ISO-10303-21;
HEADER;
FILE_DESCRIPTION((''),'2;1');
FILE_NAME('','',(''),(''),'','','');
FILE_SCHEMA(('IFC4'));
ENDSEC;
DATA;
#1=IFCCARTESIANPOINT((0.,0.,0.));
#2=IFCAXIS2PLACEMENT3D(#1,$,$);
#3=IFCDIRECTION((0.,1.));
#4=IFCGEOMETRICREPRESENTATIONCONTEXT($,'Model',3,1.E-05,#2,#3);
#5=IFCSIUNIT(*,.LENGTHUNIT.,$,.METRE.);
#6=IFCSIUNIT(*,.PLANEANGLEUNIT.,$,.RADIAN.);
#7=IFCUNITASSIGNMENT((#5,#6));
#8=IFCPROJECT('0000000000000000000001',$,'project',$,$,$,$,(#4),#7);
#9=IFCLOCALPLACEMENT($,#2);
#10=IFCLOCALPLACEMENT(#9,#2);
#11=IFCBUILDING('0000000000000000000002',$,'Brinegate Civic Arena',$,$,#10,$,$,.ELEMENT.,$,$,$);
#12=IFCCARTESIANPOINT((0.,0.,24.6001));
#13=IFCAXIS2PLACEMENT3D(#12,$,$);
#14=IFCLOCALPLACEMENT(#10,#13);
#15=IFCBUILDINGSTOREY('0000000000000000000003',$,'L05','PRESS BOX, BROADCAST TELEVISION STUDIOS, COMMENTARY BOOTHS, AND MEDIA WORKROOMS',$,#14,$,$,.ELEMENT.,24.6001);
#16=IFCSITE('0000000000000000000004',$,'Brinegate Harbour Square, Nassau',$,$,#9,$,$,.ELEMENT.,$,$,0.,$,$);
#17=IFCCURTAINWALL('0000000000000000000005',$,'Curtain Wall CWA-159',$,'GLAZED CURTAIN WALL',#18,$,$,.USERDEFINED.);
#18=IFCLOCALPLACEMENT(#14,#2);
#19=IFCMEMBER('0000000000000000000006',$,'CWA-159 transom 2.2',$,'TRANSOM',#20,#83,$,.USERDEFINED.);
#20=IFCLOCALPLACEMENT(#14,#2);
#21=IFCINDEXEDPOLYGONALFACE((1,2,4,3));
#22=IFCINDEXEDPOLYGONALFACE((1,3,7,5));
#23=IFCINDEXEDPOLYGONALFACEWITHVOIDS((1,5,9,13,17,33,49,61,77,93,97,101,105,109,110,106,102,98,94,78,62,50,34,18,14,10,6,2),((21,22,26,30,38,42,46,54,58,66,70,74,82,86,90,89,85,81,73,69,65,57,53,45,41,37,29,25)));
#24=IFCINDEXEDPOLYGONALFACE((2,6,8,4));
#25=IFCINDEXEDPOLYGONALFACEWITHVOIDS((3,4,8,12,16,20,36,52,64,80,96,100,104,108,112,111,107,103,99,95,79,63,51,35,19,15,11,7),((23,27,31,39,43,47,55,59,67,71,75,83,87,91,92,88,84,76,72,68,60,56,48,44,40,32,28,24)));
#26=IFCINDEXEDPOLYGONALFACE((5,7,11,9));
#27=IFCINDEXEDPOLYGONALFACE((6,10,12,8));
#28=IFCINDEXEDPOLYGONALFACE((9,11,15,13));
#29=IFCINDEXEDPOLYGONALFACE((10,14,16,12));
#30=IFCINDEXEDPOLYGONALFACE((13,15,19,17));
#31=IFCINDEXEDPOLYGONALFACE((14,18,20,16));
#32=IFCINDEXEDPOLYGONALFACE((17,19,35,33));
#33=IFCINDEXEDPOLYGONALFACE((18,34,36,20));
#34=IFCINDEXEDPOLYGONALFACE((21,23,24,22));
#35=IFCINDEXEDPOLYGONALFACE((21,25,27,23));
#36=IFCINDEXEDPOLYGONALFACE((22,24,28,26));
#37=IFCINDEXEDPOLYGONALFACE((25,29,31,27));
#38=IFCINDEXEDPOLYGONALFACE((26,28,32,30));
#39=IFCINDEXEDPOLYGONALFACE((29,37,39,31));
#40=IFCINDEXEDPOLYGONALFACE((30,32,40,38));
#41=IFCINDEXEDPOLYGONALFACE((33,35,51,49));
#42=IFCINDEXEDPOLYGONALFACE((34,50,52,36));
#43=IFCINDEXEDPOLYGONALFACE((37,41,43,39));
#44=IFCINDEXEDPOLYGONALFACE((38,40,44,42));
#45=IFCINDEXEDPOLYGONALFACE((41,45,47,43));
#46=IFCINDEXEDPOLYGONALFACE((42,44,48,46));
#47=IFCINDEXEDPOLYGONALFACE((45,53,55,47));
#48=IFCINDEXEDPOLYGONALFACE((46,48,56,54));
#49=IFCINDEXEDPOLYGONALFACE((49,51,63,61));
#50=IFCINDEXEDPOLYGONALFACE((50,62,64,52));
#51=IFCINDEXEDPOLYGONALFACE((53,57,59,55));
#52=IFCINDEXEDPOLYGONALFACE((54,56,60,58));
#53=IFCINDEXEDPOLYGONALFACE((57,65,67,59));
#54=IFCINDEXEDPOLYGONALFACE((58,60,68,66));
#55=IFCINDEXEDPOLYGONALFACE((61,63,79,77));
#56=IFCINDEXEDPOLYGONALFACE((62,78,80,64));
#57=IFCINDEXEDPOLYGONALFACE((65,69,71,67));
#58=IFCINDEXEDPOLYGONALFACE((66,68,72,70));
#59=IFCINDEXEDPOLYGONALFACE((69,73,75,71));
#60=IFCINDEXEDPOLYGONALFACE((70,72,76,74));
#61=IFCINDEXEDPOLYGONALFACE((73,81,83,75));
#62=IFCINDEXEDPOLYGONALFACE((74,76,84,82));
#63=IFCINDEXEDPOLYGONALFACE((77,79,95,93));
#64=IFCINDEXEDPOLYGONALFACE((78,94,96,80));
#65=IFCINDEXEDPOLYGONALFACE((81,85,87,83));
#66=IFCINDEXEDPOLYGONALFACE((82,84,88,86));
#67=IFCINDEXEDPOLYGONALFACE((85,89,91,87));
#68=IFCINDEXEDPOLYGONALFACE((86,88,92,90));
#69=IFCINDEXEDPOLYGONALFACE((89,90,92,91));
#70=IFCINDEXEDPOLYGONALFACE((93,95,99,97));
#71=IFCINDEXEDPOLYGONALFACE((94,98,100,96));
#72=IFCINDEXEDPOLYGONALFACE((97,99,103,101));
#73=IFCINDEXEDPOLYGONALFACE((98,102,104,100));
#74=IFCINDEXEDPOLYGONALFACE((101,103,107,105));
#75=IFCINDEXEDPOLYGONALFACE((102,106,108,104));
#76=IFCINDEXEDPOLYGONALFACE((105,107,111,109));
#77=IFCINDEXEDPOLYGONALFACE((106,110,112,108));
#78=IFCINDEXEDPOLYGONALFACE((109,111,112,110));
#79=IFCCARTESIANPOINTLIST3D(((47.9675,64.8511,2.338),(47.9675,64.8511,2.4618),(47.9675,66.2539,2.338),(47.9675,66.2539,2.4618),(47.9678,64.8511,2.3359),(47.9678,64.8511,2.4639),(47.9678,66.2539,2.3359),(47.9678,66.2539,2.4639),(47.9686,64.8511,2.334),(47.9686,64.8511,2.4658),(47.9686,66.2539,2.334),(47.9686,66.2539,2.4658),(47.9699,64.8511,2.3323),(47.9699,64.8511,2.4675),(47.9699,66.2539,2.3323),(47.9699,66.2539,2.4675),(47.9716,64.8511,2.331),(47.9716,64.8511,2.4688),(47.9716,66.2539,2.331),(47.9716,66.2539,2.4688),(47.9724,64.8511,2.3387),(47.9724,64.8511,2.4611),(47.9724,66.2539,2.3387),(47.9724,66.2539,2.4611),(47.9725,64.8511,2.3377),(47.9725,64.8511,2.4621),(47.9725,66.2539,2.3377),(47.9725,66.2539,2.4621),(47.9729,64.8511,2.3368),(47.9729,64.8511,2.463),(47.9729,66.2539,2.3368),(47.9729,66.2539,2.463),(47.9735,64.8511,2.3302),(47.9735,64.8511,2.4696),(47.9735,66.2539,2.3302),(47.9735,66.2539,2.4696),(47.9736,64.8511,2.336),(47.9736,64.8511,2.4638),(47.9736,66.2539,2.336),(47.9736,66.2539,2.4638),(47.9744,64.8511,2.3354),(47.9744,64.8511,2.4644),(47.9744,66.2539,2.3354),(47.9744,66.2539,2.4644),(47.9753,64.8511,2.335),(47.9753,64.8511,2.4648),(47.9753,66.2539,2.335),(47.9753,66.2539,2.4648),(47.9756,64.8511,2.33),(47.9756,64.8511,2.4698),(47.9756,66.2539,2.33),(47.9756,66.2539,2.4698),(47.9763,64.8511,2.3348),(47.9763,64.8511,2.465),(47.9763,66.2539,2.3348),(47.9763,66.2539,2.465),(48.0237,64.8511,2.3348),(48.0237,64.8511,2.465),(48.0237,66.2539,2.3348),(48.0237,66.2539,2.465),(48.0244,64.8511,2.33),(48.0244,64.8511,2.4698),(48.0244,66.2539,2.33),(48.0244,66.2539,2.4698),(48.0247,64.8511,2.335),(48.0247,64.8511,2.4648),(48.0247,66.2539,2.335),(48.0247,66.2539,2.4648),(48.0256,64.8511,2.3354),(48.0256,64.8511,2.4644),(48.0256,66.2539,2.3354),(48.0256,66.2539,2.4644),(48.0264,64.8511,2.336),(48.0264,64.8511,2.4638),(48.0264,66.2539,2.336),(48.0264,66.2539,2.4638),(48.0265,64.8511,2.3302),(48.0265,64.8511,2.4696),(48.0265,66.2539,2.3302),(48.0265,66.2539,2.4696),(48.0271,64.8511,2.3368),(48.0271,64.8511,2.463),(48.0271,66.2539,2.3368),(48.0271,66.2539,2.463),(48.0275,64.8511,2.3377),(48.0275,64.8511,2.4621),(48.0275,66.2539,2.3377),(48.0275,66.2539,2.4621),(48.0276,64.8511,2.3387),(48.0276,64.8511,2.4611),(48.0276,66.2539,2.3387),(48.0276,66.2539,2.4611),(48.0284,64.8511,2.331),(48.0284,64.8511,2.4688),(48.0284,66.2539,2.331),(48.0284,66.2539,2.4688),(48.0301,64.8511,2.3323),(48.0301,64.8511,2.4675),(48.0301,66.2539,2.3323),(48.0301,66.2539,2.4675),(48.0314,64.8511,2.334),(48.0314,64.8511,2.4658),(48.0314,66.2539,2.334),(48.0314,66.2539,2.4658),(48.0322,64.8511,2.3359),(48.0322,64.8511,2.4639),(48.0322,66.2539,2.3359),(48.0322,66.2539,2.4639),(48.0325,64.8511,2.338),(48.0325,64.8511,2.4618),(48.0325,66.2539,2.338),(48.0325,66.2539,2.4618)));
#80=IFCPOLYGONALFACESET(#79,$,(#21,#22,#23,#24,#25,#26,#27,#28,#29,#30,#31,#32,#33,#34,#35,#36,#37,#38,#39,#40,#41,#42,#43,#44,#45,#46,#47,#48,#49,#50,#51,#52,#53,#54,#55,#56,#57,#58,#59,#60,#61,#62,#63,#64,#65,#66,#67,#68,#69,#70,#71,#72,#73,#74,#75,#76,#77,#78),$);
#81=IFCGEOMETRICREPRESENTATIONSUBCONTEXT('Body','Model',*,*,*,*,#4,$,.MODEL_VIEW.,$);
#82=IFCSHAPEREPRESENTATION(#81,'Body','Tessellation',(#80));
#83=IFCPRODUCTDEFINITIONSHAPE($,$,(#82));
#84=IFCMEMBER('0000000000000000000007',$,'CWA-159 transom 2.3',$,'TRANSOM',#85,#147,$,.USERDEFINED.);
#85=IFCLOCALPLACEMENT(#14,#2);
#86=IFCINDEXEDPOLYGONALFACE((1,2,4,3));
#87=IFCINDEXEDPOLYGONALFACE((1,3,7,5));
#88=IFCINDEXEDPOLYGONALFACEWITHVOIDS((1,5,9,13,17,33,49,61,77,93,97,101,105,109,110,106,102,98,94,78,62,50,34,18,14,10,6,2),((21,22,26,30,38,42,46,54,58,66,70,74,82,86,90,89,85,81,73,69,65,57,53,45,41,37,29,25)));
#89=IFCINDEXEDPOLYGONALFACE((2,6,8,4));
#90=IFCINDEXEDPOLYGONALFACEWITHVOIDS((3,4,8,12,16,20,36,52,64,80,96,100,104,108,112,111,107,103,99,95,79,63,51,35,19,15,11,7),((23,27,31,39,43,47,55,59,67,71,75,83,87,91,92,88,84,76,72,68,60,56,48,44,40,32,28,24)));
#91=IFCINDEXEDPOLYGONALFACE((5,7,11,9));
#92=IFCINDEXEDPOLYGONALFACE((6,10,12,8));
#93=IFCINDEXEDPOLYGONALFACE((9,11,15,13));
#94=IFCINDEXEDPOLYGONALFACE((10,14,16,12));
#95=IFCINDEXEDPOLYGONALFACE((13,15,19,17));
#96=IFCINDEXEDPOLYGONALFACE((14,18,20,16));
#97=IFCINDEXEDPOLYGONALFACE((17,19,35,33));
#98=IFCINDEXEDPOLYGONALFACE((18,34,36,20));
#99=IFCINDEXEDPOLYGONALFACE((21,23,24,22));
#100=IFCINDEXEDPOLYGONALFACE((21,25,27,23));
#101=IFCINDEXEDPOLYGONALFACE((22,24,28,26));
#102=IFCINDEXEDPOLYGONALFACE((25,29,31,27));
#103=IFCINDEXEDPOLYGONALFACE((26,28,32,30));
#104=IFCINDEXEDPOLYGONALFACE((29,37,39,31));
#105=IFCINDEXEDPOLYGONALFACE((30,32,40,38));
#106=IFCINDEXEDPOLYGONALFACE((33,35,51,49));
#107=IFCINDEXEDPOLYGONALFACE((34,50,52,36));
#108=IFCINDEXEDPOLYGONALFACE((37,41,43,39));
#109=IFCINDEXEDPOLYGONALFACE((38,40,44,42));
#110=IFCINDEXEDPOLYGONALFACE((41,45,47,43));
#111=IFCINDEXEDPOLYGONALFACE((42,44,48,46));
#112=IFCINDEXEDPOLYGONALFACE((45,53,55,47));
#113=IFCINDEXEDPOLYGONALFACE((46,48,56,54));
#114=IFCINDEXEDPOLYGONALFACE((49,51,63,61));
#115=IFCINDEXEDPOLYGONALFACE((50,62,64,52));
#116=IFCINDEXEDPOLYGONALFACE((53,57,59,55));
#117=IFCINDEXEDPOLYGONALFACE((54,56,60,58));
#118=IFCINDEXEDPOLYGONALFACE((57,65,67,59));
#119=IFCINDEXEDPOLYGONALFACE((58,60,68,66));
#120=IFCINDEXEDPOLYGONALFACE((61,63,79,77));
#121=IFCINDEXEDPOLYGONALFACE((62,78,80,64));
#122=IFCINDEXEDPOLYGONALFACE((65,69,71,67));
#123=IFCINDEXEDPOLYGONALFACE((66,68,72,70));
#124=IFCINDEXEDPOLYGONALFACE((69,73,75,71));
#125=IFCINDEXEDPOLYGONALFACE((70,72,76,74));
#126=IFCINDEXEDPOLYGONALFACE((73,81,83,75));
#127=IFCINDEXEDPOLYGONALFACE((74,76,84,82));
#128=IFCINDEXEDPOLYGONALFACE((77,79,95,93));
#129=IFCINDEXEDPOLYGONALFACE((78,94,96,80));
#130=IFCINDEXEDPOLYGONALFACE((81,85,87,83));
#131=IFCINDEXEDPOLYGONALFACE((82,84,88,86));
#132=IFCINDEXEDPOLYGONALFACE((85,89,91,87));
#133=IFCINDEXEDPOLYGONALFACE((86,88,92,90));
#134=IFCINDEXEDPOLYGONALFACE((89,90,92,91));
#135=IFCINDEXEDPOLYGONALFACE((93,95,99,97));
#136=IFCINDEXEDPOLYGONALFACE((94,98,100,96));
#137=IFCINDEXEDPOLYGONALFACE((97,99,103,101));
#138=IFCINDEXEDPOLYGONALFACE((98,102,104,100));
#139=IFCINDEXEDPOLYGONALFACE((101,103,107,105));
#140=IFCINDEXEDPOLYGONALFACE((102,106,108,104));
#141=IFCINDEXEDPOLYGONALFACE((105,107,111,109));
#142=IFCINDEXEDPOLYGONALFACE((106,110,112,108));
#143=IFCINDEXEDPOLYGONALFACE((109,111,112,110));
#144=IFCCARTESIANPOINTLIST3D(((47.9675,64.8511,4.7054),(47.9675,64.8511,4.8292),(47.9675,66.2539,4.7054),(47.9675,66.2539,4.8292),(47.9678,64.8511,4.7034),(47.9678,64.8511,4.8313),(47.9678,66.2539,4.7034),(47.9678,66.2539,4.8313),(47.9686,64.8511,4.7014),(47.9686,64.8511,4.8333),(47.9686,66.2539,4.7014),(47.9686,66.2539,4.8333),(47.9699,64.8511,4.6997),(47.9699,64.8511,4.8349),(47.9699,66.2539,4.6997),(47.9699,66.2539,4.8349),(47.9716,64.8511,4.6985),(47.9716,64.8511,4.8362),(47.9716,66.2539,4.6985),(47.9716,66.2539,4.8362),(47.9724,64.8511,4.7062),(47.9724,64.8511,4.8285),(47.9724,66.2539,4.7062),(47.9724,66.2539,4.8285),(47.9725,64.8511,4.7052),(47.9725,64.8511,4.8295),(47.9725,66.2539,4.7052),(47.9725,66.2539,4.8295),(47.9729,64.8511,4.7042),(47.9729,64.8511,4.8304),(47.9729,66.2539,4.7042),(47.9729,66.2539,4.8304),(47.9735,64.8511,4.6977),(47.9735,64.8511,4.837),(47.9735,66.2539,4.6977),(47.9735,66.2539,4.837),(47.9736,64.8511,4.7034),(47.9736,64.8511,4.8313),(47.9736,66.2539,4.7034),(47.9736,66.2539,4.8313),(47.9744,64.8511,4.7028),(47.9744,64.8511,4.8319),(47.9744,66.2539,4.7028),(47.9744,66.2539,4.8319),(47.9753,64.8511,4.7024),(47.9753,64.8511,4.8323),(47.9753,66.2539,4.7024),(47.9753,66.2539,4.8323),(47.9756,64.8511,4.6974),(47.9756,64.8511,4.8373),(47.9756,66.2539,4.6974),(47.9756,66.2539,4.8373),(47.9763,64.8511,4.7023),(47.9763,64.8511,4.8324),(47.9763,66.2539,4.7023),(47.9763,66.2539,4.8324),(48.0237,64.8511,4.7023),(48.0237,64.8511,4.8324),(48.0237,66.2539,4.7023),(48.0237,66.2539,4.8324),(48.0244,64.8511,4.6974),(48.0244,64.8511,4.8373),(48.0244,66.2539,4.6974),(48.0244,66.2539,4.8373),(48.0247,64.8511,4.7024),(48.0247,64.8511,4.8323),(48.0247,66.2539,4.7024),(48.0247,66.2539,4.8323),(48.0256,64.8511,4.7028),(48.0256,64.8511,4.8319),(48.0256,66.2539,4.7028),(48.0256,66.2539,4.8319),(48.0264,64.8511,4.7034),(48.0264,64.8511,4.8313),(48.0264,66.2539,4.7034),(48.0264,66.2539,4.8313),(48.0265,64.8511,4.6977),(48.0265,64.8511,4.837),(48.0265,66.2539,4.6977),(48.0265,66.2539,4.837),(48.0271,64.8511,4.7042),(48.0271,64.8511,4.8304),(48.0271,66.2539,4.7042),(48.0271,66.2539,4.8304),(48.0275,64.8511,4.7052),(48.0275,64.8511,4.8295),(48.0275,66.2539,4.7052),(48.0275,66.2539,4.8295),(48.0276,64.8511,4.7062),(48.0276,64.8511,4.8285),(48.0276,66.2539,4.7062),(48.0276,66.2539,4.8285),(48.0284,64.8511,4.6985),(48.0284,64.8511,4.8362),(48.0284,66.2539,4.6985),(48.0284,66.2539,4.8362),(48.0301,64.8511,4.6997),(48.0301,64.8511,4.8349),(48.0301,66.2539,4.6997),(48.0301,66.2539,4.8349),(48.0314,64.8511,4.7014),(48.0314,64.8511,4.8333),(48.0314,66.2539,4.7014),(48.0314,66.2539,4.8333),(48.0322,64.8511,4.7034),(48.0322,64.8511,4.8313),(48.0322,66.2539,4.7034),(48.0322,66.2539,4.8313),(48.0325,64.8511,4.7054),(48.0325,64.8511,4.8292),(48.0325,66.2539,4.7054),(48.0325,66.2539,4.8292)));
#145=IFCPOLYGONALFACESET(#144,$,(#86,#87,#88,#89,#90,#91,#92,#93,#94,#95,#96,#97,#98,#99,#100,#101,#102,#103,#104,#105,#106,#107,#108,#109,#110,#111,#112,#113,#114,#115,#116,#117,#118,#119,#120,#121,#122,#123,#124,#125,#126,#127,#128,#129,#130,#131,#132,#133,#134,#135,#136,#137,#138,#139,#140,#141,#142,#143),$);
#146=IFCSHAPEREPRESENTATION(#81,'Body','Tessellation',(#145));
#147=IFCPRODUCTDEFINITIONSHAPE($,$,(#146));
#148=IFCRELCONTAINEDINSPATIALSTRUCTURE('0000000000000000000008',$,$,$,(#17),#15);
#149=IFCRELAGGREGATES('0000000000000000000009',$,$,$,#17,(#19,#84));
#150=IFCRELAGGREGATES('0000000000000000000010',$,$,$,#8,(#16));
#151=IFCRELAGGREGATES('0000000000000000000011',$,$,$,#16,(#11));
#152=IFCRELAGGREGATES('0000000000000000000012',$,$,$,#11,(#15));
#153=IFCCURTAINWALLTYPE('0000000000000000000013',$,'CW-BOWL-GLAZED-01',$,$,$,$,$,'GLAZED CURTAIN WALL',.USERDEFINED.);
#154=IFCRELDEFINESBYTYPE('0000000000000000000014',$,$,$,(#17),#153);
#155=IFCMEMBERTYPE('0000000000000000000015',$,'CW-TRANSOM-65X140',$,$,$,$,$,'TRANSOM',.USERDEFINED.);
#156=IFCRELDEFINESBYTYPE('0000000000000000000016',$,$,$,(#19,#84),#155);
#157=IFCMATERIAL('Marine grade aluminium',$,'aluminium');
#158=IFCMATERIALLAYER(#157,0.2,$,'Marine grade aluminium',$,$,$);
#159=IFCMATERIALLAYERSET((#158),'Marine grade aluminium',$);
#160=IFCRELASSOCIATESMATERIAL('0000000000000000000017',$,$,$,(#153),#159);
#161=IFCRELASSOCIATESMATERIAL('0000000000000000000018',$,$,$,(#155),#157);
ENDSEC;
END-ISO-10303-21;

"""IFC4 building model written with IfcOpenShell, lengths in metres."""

from ifc_helpers import new_model, si_unit, direction, frame, origin, origin_2d, place, context, subcontext, project, spatial, hollow_rectangle, extrude, material, layer, layer_set, material_profile, profile_set, type_object, element, aggregate, save


model = new_model("IFC4")

# Units and contexts
model_context = context("Model", 3, precision=1e-05, world=origin(), true_north=direction((0.0, 1.0)))
body_context = subcontext(model_context, "Body", "Model", "MODEL_VIEW")
ifc_project = project(units=[si_unit("LENGTHUNIT", "METRE"), si_unit("PLANEANGLEUNIT", "RADIAN")], contexts=[model_context])

# Site, building, storey
site_placement = place(None, origin())
site = spatial("IfcSite", under=ifc_project, at=site_placement, Name="Brinegate Harbour Square, Nassau", CompositionType="ELEMENT", RefElevation=0.0)
building_placement = place(site_placement, origin())
building = spatial("IfcBuilding", under=site, at=building_placement, Name="Brinegate Civic Arena", CompositionType="ELEMENT")
storey_placement = place(building_placement, frame((0.0, 0.0, 24.6001)))
storey = spatial("IfcBuildingStorey", under=building, at=storey_placement, Name="L05", Description="PRESS BOX, BROADCAST TELEVISION STUDIOS, COMMENTARY BOOTHS, AND MEDIA WORKROOMS", CompositionType="ELEMENT", Elevation=24.6001)

# Shared definitions
ifc_material_1 = material(Name="Marine grade aluminium", Category="aluminium")
ifc_layer_1 = layer(ifc_material_1, 0.2, Name="Marine grade aluminium")
ifc_layer_set_1 = layer_set([ifc_layer_1], Name="Marine grade aluminium")
curtain_wall_type = type_object("IfcCurtainWallType", Name="CW-BOWL-GLAZED-01", ElementType="GLAZED CURTAIN WALL", PredefinedType="USERDEFINED", material=ifc_layer_set_1)

# Curtain wall, members
curtain_wall_1_placement = place(storey_placement, origin())
curtain_wall_1 = element("IfcCurtainWall", 1, at=curtain_wall_1_placement, inside=storey, type_object=curtain_wall_type, Name="Curtain Wall CWA-159", ObjectType="GLAZED CURTAIN WALL", PredefinedType="USERDEFINED")
ifc_material_profile_1 = material_profile(ifc_material_1, hollow_rectangle(XDim=0.0649, YDim=0.1399, WallThickness=0.0049, InnerFilletRadius=0.0039, OuterFilletRadius=0.0081, at=origin_2d()), Name="TRN65X140")
ifc_profile_set_1 = profile_set([ifc_material_profile_1], Name="Marine grade aluminium")
member_type_1 = type_object("IfcMemberType", Name="CW-TRANSOM-65X140", ElementType="TRANSOM", PredefinedType="USERDEFINED", material=ifc_profile_set_1)
member_1_placement = place(storey_placement, frame((48.0, 64.8511, 2.3999), z_axis=(0.0, 1.0, 0.0), x_axis=(-1.0, 0.0, 0.0)))
member_1 = element("IfcMember", 2, at=member_1_placement, type_object=member_type_1, Name="CWA-159 transom 2.2", ObjectType="TRANSOM", PredefinedType="USERDEFINED", context=body_context, shape_type="SweptSolid", body=[
    extrude(hollow_rectangle(XDim=0.0649, YDim=0.1399, WallThickness=0.0049, InnerFilletRadius=0.0039, OuterFilletRadius=0.0081, at=origin_2d()), origin(), (0.0, 0.0, 1.0), 1.4028),
])
member_2_placement = place(storey_placement, frame((48.0, 64.8511, 4.7673), z_axis=(0.0, 1.0, 0.0), x_axis=(-1.0, 0.0, 0.0)))
member_2 = element("IfcMember", 3, at=member_2_placement, type_object=member_type_1, Name="CWA-159 transom 2.3", ObjectType="TRANSOM", PredefinedType="USERDEFINED", context=body_context, shape_type="SweptSolid", body=[
    extrude(hollow_rectangle(XDim=0.0649, YDim=0.1399, WallThickness=0.0049, InnerFilletRadius=0.0039, OuterFilletRadius=0.0081, at=origin_2d()), origin(), (0.0, 0.0, 1.0), 1.4028),
])

aggregate(curtain_wall_1, [member_1, member_2])

save(model, "model.ifc")
